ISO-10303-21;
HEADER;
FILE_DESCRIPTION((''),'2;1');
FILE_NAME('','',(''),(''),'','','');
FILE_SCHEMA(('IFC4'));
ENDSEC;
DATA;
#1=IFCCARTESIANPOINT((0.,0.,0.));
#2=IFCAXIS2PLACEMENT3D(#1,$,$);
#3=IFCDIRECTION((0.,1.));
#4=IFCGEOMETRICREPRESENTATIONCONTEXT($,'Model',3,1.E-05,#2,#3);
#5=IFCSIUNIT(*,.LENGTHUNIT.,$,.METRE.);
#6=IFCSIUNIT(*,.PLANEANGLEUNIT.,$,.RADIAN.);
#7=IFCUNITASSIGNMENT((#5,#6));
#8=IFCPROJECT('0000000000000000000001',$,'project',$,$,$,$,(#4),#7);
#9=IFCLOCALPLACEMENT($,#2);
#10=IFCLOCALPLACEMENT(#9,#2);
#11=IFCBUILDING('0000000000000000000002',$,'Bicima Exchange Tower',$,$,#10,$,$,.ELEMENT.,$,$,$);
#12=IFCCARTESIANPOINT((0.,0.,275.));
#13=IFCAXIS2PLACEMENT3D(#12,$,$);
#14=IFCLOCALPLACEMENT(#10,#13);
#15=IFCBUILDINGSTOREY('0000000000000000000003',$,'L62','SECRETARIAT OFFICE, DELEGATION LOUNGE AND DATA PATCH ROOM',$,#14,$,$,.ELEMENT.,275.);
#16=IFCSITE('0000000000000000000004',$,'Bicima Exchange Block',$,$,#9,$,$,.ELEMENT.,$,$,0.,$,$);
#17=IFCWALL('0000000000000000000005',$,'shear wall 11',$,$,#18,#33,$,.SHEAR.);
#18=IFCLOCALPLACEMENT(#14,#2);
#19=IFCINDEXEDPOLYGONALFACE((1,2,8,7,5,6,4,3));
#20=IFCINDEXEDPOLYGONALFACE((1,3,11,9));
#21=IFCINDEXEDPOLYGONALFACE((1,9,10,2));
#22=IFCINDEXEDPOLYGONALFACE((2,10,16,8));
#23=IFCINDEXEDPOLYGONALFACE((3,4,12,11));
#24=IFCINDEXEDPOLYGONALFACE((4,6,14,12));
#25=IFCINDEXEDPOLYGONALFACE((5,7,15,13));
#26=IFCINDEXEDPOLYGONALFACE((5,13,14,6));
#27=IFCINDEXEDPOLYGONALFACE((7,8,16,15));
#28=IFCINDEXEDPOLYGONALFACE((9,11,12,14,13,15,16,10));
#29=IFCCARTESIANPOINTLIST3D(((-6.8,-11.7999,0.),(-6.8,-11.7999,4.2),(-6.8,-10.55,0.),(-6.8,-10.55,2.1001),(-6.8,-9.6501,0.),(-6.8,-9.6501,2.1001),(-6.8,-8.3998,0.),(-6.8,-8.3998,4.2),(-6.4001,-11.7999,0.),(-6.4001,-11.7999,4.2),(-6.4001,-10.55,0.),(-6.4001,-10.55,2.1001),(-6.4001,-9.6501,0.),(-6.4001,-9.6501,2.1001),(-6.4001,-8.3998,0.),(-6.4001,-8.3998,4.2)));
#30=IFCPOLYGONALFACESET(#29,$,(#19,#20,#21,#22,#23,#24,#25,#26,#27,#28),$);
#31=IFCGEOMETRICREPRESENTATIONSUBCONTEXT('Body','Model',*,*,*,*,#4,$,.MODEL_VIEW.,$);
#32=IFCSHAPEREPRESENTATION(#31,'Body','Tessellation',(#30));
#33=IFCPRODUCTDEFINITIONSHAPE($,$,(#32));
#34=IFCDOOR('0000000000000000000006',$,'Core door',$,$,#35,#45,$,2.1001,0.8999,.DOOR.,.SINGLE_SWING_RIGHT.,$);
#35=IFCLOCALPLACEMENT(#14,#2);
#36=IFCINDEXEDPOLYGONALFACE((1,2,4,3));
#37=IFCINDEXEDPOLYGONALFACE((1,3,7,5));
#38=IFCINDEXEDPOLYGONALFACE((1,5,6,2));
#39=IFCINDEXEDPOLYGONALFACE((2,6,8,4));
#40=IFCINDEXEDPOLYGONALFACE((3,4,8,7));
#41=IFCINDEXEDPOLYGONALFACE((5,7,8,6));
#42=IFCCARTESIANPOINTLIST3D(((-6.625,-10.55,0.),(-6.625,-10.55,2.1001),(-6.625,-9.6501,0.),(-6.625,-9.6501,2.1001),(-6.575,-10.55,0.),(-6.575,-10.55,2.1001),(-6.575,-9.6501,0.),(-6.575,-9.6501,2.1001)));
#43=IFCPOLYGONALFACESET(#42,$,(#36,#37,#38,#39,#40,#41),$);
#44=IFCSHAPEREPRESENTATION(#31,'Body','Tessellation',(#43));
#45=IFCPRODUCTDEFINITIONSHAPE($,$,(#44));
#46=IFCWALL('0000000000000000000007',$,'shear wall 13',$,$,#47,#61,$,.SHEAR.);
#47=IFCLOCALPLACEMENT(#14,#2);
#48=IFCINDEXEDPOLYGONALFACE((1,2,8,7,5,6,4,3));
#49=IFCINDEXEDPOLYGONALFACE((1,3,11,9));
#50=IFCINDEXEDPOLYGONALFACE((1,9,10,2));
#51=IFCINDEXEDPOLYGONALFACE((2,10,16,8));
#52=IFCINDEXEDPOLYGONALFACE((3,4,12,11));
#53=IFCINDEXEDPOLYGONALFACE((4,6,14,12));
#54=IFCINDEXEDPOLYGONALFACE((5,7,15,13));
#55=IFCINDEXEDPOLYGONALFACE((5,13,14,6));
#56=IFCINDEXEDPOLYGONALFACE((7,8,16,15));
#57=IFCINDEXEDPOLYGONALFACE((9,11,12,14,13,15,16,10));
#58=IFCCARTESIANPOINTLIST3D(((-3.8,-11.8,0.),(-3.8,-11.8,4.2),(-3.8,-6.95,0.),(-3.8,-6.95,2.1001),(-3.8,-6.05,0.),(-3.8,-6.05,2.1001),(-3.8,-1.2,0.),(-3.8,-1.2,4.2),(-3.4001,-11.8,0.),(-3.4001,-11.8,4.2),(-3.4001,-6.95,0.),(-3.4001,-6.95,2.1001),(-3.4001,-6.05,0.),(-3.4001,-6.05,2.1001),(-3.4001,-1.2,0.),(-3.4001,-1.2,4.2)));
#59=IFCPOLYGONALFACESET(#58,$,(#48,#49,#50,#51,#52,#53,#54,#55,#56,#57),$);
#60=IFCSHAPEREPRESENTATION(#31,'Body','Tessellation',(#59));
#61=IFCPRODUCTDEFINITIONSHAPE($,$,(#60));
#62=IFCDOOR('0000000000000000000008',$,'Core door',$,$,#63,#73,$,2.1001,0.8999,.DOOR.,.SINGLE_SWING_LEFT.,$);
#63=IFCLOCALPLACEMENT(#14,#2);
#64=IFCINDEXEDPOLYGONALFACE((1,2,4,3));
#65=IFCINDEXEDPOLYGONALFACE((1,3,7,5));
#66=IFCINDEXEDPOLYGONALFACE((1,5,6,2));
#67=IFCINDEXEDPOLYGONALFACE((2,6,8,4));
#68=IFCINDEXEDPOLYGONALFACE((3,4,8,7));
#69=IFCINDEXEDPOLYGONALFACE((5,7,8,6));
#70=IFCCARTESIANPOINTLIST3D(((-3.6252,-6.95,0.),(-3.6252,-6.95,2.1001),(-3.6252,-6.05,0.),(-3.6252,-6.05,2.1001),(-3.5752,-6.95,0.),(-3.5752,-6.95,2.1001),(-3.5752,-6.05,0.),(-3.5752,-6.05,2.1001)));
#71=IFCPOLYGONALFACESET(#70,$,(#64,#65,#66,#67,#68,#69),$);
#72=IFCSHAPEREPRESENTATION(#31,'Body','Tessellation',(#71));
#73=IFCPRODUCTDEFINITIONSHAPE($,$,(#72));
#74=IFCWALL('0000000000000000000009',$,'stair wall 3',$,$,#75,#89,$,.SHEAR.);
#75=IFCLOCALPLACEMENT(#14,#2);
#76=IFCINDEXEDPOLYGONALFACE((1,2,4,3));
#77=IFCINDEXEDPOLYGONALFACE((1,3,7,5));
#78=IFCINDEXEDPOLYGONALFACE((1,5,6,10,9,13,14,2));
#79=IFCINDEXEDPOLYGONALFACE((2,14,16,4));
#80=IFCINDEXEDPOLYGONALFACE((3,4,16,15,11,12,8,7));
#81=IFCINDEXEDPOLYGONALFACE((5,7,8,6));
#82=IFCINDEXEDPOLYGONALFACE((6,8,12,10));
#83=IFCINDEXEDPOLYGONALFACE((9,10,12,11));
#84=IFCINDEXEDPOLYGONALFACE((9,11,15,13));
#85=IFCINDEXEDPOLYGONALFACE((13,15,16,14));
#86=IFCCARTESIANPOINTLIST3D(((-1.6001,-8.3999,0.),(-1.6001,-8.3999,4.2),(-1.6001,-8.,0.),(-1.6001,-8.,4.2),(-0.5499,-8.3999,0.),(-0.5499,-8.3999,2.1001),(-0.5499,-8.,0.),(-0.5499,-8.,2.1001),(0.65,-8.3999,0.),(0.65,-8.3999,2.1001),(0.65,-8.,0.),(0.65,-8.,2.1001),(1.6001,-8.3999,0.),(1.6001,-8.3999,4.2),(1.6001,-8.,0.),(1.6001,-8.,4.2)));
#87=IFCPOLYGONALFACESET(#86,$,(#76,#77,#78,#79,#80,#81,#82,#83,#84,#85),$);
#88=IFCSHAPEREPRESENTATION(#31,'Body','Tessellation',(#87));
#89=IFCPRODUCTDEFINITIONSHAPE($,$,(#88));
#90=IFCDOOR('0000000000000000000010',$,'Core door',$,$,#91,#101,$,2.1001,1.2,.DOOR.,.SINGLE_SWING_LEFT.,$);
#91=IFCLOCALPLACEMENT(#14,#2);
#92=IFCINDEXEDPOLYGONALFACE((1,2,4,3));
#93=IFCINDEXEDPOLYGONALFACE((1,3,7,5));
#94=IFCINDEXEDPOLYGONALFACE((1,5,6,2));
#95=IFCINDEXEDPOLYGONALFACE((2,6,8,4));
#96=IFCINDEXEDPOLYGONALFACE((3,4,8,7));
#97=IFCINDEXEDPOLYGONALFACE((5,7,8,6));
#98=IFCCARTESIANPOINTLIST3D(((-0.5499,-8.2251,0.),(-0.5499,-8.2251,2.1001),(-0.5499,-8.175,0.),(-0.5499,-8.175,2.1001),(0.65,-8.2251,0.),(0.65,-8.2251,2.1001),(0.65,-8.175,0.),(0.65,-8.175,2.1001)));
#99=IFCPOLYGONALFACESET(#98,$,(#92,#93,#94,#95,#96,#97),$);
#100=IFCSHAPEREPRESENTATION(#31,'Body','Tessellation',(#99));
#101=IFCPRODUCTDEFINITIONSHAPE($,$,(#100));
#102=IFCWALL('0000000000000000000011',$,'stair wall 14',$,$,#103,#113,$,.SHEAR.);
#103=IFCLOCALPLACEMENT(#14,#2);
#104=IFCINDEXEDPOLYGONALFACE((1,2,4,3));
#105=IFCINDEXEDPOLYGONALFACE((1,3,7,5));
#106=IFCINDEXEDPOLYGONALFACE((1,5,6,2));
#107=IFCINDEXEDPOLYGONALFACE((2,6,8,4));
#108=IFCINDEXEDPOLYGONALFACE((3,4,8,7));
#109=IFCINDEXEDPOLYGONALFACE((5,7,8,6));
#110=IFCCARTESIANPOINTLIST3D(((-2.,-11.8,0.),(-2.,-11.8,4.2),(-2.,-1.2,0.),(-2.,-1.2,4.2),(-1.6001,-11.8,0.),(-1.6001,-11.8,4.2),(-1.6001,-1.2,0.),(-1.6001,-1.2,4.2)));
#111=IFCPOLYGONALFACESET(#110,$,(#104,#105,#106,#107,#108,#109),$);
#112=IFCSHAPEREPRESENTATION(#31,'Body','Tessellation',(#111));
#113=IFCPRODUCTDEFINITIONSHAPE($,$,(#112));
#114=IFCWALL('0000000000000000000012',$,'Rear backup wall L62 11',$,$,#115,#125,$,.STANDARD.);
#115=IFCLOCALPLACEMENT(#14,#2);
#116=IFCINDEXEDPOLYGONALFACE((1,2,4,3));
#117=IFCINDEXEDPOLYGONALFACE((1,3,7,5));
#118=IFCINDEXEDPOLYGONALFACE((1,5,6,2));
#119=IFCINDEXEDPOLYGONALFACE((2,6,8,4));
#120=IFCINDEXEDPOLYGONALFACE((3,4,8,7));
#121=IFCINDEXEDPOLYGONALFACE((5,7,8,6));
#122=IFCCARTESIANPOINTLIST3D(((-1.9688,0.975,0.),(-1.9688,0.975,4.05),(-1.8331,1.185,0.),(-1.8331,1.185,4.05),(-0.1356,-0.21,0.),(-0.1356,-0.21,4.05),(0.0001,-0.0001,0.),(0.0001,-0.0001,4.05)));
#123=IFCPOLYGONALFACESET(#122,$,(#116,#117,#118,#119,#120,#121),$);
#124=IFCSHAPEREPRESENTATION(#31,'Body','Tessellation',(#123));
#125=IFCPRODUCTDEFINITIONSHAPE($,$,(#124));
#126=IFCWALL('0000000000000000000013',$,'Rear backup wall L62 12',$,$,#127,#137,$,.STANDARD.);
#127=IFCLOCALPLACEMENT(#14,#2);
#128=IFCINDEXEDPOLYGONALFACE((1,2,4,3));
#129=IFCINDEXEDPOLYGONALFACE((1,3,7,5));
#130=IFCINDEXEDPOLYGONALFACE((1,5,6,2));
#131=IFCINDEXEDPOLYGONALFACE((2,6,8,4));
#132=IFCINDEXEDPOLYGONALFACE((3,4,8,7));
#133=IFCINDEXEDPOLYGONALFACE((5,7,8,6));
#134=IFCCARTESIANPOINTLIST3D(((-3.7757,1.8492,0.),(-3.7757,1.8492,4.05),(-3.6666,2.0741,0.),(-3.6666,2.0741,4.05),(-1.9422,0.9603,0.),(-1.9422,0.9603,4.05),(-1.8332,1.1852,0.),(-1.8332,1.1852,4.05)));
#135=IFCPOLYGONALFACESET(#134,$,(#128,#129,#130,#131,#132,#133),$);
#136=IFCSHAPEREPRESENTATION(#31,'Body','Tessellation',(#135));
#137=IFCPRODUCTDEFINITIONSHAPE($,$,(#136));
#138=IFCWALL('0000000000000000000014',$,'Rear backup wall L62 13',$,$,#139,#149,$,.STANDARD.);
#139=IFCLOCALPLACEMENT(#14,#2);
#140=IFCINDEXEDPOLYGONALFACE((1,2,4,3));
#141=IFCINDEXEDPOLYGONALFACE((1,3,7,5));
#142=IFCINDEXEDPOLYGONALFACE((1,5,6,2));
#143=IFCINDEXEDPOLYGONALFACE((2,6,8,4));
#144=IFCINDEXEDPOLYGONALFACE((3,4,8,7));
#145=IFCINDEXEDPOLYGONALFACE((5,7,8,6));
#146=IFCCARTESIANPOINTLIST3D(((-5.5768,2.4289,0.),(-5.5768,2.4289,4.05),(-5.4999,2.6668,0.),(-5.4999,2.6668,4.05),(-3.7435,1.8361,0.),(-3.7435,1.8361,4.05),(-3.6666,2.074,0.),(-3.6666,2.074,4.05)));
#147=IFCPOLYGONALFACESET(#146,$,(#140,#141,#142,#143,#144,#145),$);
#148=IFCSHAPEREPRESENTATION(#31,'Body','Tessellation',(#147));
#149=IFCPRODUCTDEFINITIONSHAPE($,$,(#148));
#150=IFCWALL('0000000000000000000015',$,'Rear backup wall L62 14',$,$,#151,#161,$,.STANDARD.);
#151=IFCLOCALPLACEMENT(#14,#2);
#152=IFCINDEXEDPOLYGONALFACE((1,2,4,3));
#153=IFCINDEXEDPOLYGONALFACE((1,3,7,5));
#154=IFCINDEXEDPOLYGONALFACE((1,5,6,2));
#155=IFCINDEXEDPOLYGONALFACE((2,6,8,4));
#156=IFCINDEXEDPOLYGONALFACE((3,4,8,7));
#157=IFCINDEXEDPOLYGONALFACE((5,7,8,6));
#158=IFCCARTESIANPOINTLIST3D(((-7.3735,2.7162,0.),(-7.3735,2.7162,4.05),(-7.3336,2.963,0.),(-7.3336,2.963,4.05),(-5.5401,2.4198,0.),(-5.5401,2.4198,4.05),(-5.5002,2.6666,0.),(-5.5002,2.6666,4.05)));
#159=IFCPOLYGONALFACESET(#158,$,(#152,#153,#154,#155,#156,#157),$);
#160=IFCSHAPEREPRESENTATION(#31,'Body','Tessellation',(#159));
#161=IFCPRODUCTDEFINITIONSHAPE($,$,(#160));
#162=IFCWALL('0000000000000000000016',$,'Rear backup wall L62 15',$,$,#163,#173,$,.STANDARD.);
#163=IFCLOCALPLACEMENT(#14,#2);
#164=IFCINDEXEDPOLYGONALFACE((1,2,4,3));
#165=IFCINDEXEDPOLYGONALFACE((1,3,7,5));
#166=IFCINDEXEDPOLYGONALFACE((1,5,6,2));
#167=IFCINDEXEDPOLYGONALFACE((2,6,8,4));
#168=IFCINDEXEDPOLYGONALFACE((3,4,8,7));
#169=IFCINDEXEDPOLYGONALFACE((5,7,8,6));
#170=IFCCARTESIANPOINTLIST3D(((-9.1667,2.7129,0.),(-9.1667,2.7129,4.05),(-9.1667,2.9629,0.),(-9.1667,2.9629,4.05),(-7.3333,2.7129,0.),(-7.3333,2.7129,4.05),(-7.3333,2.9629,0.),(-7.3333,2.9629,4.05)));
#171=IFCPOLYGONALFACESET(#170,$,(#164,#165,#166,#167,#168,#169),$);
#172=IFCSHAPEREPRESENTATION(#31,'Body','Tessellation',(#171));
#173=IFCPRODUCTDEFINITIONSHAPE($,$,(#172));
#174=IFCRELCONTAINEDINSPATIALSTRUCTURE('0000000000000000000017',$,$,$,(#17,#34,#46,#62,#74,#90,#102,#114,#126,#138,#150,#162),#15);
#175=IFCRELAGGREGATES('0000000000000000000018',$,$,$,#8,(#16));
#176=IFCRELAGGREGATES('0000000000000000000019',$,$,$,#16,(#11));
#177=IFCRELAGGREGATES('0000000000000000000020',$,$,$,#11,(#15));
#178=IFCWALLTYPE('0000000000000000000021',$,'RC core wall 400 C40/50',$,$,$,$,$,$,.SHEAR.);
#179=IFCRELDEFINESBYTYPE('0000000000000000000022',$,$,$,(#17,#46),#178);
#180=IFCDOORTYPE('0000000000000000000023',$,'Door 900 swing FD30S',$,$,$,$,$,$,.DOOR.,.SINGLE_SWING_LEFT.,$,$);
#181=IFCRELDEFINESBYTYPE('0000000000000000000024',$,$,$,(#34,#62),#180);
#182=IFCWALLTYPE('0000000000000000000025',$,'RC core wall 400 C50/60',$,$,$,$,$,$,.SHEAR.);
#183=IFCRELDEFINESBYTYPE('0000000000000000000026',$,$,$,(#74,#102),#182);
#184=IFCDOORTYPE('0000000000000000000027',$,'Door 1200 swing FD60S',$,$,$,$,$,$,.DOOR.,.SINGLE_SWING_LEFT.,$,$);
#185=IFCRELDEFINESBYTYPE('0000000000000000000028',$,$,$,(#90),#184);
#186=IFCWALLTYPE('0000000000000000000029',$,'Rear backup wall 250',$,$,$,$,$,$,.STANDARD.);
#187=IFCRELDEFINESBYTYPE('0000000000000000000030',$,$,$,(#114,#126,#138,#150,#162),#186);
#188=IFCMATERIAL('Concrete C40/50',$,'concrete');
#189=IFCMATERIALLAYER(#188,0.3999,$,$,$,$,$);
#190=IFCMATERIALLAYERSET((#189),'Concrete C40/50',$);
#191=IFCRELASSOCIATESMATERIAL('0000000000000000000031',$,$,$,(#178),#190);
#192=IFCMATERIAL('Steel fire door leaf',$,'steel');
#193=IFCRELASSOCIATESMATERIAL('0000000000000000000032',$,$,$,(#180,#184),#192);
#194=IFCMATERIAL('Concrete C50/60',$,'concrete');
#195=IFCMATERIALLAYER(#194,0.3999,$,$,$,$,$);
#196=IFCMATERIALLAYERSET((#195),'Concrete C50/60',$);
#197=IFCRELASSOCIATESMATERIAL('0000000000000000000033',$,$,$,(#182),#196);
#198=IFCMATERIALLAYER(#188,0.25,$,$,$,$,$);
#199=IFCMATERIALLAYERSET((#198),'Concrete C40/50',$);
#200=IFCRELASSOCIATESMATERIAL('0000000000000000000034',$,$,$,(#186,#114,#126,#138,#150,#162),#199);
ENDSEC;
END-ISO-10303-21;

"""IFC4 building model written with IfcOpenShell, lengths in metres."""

from ifc_helpers import new_model, si_unit, direction, frame, frame_2d, origin, place, context, subcontext, project, spatial, rectangle, extrude, material, layer, layer_set, layer_usage, type_object, element, fill, save


model = new_model("IFC4")

# Units and contexts
model_context = context("Model", 3, precision=1e-05, world=origin(), true_north=direction((0.0, 1.0)))
body_context = subcontext(model_context, "Body", "Model", "MODEL_VIEW")
ifc_project = project(units=[si_unit("LENGTHUNIT", "METRE"), si_unit("PLANEANGLEUNIT", "RADIAN")], contexts=[model_context])

# Site, building, storey
site_placement = place(None, origin())
site = spatial("IfcSite", under=ifc_project, at=site_placement, Name="Bicima Exchange Block", CompositionType="ELEMENT", RefElevation=0.0)
building_placement = place(site_placement, origin())
building = spatial("IfcBuilding", under=site, at=building_placement, Name="Bicima Exchange Tower", CompositionType="ELEMENT")
storey_placement = place(building_placement, frame((0.0, 0.0, 275.0)))
storey = spatial("IfcBuildingStorey", under=building, at=storey_placement, Name="L62", Description="SECRETARIAT OFFICE, DELEGATION LOUNGE AND DATA PATCH ROOM", CompositionType="ELEMENT", Elevation=275.0)

# Shared definitions
ifc_material_1 = material(Name="Concrete C40/50", Category="concrete")

# Shared definitions
ifc_material_2 = material(Name="Concrete C50/60", Category="concrete")

# Walls, openings, doors
ifc_layer_1 = layer(ifc_material_1, 0.3999)
ifc_layer_set_1 = layer_set([ifc_layer_1], Name="Concrete C40/50")
wall_type_1 = type_object("IfcWallType", Name="RC core wall 400 C40/50", PredefinedType="SHEAR", material=ifc_layer_set_1)
wall_1_placement = place(storey_placement, frame((-6.6001, -11.8, 0.0), z_axis=(0.0, 0.0, 1.0), x_axis=(0.0, 1.0, 0.0)))
wall_1 = element("IfcWall", 1, at=wall_1_placement, inside=storey, type_object=wall_type_1, Name="shear wall 11", PredefinedType="SHEAR", context=body_context, shape_type="SweptSolid", body=[
    extrude(rectangle(XDim=3.4001, YDim=0.3999, at=frame_2d((1.7002, 0.0))), origin(), (0.0, 0.0, 1.0), 4.2),
])
opening_1_placement = place(wall_1_placement, frame((1.25, 0.0, 0.0)))
opening_1 = element("IfcOpeningElement", 2, at=opening_1_placement, cuts=wall_1, PredefinedType="OPENING", context=body_context, shape_type="SweptSolid", body=[
    extrude(rectangle(XDim=0.8999, YDim=2.1001, at=frame_2d((0.45, 1.05))), frame((0.0, 0.2119, 0.0), z_axis=(0.0, -1.0, 0.0), x_axis=(1.0, 0.0, 0.0)), (0.0, 0.0, 1.0), 0.4238),
])
ifc_material_3 = material(Name="Steel fire door leaf", Category="steel")
door_type_1 = type_object("IfcDoorType", Name="Door 900 swing FD30S", OperationType="SINGLE_SWING_LEFT", PredefinedType="DOOR", material=ifc_material_3)
door_1_placement = place(opening_1_placement, origin())
door_1 = element("IfcDoor", 3, at=door_1_placement, inside=storey, type_object=door_type_1, Name="Core door", OperationType="SINGLE_SWING_RIGHT", OverallHeight=2.1001, OverallWidth=0.8999, PredefinedType="DOOR", context=body_context, shape_type="SweptSolid", body=[
    extrude(rectangle(XDim=0.8999, YDim=2.1001, at=frame_2d((0.45, 1.05))), frame((0.0, 0.0249, 0.0), z_axis=(0.0, -1.0, 0.0), x_axis=(1.0, 0.0, 0.0)), (0.0, 0.0, 1.0), 0.05),
])
fill(opening_1, door_1)
wall_2_placement = place(storey_placement, frame((-3.6001, -11.8, 0.0), z_axis=(0.0, 0.0, 1.0), x_axis=(0.0, 1.0, 0.0)))
wall_2 = element("IfcWall", 4, at=wall_2_placement, inside=storey, type_object=wall_type_1, Name="shear wall 13", PredefinedType="SHEAR", context=body_context, shape_type="SweptSolid", body=[
    extrude(rectangle(XDim=10.6001, YDim=0.3999, at=frame_2d((5.3, 0.0))), origin(), (0.0, 0.0, 1.0), 4.2),
])
opening_2_placement = place(wall_2_placement, frame((4.8501, 0.0, 0.0)))
opening_2 = element("IfcOpeningElement", 5, at=opening_2_placement, cuts=wall_2, PredefinedType="OPENING", context=body_context, shape_type="SweptSolid", body=[
    extrude(rectangle(XDim=0.8999, YDim=2.1001, at=frame_2d((0.45, 1.05))), frame((0.0, 0.2119, 0.0), z_axis=(0.0, -1.0, 0.0), x_axis=(1.0, 0.0, 0.0)), (0.0, 0.0, 1.0), 0.4238),
])
door_2_placement = place(opening_2_placement, frame((0.8999, 0.0, 0.0), z_axis=(0.0, 0.0, 1.0), x_axis=(-1.0, 0.0, 0.0)))
door_2 = element("IfcDoor", 6, at=door_2_placement, inside=storey, type_object=door_type_1, Name="Core door", OperationType="SINGLE_SWING_LEFT", OverallHeight=2.1001, OverallWidth=0.8999, PredefinedType="DOOR", context=body_context, shape_type="SweptSolid", body=[
    extrude(rectangle(XDim=0.8999, YDim=2.1001, at=frame_2d((0.45, 1.05))), frame((0.0, 0.0249, 0.0), z_axis=(0.0, -1.0, 0.0), x_axis=(1.0, 0.0, 0.0)), (0.0, 0.0, 1.0), 0.05),
])
fill(opening_2, door_2)
ifc_layer_2 = layer(ifc_material_2, 0.3999)
ifc_layer_set_2 = layer_set([ifc_layer_2], Name="Concrete C50/60")
wall_type_2 = type_object("IfcWallType", Name="RC core wall 400 C50/60", PredefinedType="SHEAR", material=ifc_layer_set_2)
wall_3_placement = place(storey_placement, frame((-1.6001, -8.2, 0.0), z_axis=(0.0, 0.0, 1.0), x_axis=(1.0, 0.0, 0.0)))
wall_3 = element("IfcWall", 7, at=wall_3_placement, inside=storey, type_object=wall_type_2, Name="stair wall 3", PredefinedType="SHEAR", context=body_context, shape_type="SweptSolid", body=[
    extrude(rectangle(XDim=3.2002, YDim=0.3999, at=frame_2d((1.6001, 0.0))), origin(), (0.0, 0.0, 1.0), 4.2),
])
opening_3_placement = place(wall_3_placement, frame((1.05, 0.0, 0.0)))
opening_3 = element("IfcOpeningElement", 8, at=opening_3_placement, cuts=wall_3, PredefinedType="OPENING", context=body_context, shape_type="SweptSolid", body=[
    extrude(rectangle(XDim=1.2, YDim=2.1001, at=frame_2d((0.6001, 1.05))), frame((0.0, 0.2119, 0.0), z_axis=(0.0, -1.0, 0.0), x_axis=(1.0, 0.0, 0.0)), (0.0, 0.0, 1.0), 0.4238),
])
door_type_2 = type_object("IfcDoorType", Name="Door 1200 swing FD60S", OperationType="SINGLE_SWING_LEFT", PredefinedType="DOOR", material=ifc_material_3)
door_3_placement = place(opening_3_placement, origin())
door_3 = element("IfcDoor", 9, at=door_3_placement, inside=storey, type_object=door_type_2, Name="Core door", OperationType="SINGLE_SWING_LEFT", OverallHeight=2.1001, OverallWidth=1.2, PredefinedType="DOOR", context=body_context, shape_type="SweptSolid", body=[
    extrude(rectangle(XDim=1.2, YDim=2.1001, at=frame_2d((0.6001, 1.05))), frame((0.0, 0.0249, 0.0), z_axis=(0.0, -1.0, 0.0), x_axis=(1.0, 0.0, 0.0)), (0.0, 0.0, 1.0), 0.05),
])
fill(opening_3, door_3)

# Walls
wall_4_placement = place(storey_placement, frame((-1.8, -11.8, 0.0), z_axis=(0.0, 0.0, 1.0), x_axis=(0.0, 1.0, 0.0)))
element("IfcWall", 10, at=wall_4_placement, inside=storey, type_object=wall_type_2, Name="stair wall 14", PredefinedType="SHEAR", context=body_context, shape_type="SweptSolid", body=[
    extrude(rectangle(XDim=10.6001, YDim=0.3999, at=frame_2d((5.3, 0.0))), origin(), (0.0, 0.0, 1.0), 4.2),
])
ifc_layer_3 = layer(ifc_material_1, 0.25)
ifc_layer_set_3 = layer_set([ifc_layer_3], Name="Concrete C40/50")
ifc_layer_usage = layer_usage(ifc_layer_set_3, "AXIS2", "POSITIVE", -0.125)
wall_type_3 = type_object("IfcWallType", Name="Rear backup wall 250", PredefinedType="STANDARD", material=ifc_layer_set_3)
wall_5_placement = place(storey_placement, frame((-0.0679, -0.105, 0.0), z_axis=(0.0, 0.0, 1.0), x_axis=(-0.839813, 0.542876, 0.0)))
element("IfcWall", 11, at=wall_5_placement, inside=storey, type_object=wall_type_3, material=ifc_layer_usage, Name="Rear backup wall L62 11", PredefinedType="STANDARD", context=body_context, shape_type="SweptSolid", body=[
    extrude(rectangle(XDim=2.1829, YDim=0.25, at=frame_2d((1.0913, 0.0))), origin(), (0.0, 0.0, 1.0), 4.05),
])
wall_6_placement = place(storey_placement, frame((-1.8877, 1.0728, 0.0), z_axis=(0.0, 0.0, 1.0), x_axis=(-0.899824, 0.436253, 0.0)))
element("IfcWall", 12, at=wall_6_placement, inside=storey, type_object=wall_type_3, material=ifc_layer_usage, Name="Rear backup wall L62 12", PredefinedType="STANDARD", context=body_context, shape_type="SweptSolid", body=[
    extrude(rectangle(XDim=2.0376, YDim=0.25, at=frame_2d((1.0188, 0.0))), origin(), (0.0, 0.0, 1.0), 4.05),
])
wall_7_placement = place(storey_placement, frame((-3.7051, 1.9551, 0.0), z_axis=(0.0, 0.0, 1.0), x_axis=(-0.951496, 0.307662, 0.0)))
element("IfcWall", 13, at=wall_7_placement, inside=storey, type_object=wall_type_3, material=ifc_layer_usage, Name="Rear backup wall L62 13", PredefinedType="STANDARD", context=body_context, shape_type="SweptSolid", body=[
    extrude(rectangle(XDim=1.9268, YDim=0.25, at=frame_2d((0.9634, 0.0))), origin(), (0.0, 0.0, 1.0), 4.05),
])
wall_8_placement = place(storey_placement, frame((-5.52, 2.5432, 0.0), z_axis=(0.0, 0.0, 1.0), x_axis=(-0.987182, 0.1596, 0.0)))
element("IfcWall", 14, at=wall_8_placement, inside=storey, type_object=wall_type_3, material=ifc_layer_usage, Name="Rear backup wall L62 14", PredefinedType="STANDARD", context=body_context, shape_type="SweptSolid", body=[
    extrude(rectangle(XDim=1.8572, YDim=0.25, at=frame_2d((0.9287, 0.0))), origin(), (0.0, 0.0, 1.0), 4.05),
])
wall_9_placement = place(storey_placement, frame((-7.3333, 2.8379, 0.0), z_axis=(0.0, 0.0, 1.0), x_axis=(-1.0, 0.0, 0.0)))
element("IfcWall", 15, at=wall_9_placement, inside=storey, type_object=wall_type_3, material=ifc_layer_usage, Name="Rear backup wall L62 15", PredefinedType="STANDARD", context=body_context, shape_type="SweptSolid", body=[
    extrude(rectangle(XDim=1.8335, YDim=0.25, at=frame_2d((0.9167, 0.0))), origin(), (0.0, 0.0, 1.0), 4.05),
])

save(model, "model.ifc")
